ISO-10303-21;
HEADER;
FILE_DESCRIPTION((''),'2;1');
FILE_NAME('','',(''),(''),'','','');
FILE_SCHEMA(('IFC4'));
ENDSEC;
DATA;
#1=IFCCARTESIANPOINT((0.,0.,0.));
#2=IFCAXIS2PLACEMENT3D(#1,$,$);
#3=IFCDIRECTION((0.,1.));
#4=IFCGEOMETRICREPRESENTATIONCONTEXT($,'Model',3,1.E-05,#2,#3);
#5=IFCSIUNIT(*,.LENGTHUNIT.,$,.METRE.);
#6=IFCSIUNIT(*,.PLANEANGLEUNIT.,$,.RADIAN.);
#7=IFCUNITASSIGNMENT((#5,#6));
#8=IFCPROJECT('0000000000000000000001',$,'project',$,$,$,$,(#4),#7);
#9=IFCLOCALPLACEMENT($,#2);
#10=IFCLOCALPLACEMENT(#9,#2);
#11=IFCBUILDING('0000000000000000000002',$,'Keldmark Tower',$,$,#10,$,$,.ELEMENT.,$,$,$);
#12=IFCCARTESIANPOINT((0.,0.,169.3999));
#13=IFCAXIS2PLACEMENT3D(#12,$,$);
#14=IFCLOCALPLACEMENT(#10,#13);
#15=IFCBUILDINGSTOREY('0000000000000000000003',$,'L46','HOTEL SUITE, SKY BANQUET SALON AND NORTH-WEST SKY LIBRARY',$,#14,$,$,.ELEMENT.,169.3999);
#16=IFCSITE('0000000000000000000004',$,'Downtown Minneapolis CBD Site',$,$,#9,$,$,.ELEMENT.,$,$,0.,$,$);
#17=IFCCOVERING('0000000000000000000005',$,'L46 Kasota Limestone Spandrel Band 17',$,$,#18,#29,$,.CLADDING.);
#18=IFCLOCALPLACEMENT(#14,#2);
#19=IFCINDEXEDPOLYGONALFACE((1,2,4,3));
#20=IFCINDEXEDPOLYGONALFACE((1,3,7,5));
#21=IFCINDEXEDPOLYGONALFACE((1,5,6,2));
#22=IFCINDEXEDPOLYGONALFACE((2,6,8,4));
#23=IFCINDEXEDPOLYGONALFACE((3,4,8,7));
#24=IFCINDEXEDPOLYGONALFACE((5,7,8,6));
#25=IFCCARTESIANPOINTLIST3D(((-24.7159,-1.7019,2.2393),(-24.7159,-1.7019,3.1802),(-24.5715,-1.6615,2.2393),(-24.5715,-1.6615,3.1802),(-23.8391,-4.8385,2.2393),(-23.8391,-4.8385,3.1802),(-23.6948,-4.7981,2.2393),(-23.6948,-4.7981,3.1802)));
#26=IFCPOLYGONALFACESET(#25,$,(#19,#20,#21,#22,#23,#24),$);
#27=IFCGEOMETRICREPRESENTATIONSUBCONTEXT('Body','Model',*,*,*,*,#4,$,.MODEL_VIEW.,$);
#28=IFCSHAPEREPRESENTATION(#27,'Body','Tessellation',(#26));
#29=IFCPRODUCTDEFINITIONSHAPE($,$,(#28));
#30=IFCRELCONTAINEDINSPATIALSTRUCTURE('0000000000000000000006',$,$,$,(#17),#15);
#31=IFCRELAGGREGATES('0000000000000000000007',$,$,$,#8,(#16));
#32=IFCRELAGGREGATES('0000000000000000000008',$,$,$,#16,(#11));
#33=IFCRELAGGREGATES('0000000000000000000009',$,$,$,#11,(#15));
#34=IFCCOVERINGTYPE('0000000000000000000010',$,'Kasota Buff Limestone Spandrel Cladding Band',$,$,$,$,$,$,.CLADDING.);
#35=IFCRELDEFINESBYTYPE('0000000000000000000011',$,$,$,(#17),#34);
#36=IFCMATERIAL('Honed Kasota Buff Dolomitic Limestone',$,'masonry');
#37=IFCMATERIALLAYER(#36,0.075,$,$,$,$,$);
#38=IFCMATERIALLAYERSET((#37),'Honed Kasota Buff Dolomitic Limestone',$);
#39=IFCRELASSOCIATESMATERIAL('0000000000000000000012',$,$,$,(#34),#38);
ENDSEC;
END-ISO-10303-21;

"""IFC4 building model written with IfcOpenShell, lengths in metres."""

from ifc_helpers import new_model, si_unit, direction, frame, origin, origin_2d, place, context, subcontext, project, spatial, rectangle, extrude, material, layer, layer_set, type_object, element, save


model = new_model("IFC4")

# Units and contexts
model_context = context("Model", 3, precision=1e-05, world=origin(), true_north=direction((0.0, 1.0)))
body_context = subcontext(model_context, "Body", "Model", "MODEL_VIEW")
ifc_project = project(units=[si_unit("LENGTHUNIT", "METRE"), si_unit("PLANEANGLEUNIT", "RADIAN")], contexts=[model_context])

# Site, building, storey
site_placement = place(None, origin())
site = spatial("IfcSite", under=ifc_project, at=site_placement, Name="Downtown Minneapolis CBD Site", CompositionType="ELEMENT", RefElevation=0.0)
building_placement = place(site_placement, origin())
building = spatial("IfcBuilding", under=site, at=building_placement, Name="Keldmark Tower", CompositionType="ELEMENT")
storey_placement = place(building_placement, frame((0.0, 0.0, 169.3999)))
storey = spatial("IfcBuildingStorey", under=building, at=storey_placement, Name="L46", Description="HOTEL SUITE, SKY BANQUET SALON AND NORTH-WEST SKY LIBRARY", CompositionType="ELEMENT", Elevation=169.3999)

# Covering
ifc_material_1 = material(Name="Honed Kasota Buff Dolomitic Limestone", Category="masonry")
ifc_layer_1 = layer(ifc_material_1, 0.075)
ifc_layer_set_1 = layer_set([ifc_layer_1], Name="Honed Kasota Buff Dolomitic Limestone")
covering_type = type_object("IfcCoveringType", Name="Kasota Buff Limestone Spandrel Cladding Band", PredefinedType="CLADDING", material=ifc_layer_set_1)
covering_placement = place(storey_placement, frame((-24.2053, -3.25, 2.2393), z_axis=(0.0, 0.0, 1.0), x_axis=(0.269206, -0.963083, 0.0)))
element("IfcCovering", 1, at=covering_placement, inside=storey, type_object=covering_type, Name="L46 Kasota Limestone Spandrel Band 17", PredefinedType="CLADDING", context=body_context, shape_type="SweptSolid", body=[
    extrude(rectangle(XDim=3.2568, YDim=0.1499, at=origin_2d()), origin(), (0.0, 0.0, 1.0), 0.9409),
])

save(model, "model.ifc")
